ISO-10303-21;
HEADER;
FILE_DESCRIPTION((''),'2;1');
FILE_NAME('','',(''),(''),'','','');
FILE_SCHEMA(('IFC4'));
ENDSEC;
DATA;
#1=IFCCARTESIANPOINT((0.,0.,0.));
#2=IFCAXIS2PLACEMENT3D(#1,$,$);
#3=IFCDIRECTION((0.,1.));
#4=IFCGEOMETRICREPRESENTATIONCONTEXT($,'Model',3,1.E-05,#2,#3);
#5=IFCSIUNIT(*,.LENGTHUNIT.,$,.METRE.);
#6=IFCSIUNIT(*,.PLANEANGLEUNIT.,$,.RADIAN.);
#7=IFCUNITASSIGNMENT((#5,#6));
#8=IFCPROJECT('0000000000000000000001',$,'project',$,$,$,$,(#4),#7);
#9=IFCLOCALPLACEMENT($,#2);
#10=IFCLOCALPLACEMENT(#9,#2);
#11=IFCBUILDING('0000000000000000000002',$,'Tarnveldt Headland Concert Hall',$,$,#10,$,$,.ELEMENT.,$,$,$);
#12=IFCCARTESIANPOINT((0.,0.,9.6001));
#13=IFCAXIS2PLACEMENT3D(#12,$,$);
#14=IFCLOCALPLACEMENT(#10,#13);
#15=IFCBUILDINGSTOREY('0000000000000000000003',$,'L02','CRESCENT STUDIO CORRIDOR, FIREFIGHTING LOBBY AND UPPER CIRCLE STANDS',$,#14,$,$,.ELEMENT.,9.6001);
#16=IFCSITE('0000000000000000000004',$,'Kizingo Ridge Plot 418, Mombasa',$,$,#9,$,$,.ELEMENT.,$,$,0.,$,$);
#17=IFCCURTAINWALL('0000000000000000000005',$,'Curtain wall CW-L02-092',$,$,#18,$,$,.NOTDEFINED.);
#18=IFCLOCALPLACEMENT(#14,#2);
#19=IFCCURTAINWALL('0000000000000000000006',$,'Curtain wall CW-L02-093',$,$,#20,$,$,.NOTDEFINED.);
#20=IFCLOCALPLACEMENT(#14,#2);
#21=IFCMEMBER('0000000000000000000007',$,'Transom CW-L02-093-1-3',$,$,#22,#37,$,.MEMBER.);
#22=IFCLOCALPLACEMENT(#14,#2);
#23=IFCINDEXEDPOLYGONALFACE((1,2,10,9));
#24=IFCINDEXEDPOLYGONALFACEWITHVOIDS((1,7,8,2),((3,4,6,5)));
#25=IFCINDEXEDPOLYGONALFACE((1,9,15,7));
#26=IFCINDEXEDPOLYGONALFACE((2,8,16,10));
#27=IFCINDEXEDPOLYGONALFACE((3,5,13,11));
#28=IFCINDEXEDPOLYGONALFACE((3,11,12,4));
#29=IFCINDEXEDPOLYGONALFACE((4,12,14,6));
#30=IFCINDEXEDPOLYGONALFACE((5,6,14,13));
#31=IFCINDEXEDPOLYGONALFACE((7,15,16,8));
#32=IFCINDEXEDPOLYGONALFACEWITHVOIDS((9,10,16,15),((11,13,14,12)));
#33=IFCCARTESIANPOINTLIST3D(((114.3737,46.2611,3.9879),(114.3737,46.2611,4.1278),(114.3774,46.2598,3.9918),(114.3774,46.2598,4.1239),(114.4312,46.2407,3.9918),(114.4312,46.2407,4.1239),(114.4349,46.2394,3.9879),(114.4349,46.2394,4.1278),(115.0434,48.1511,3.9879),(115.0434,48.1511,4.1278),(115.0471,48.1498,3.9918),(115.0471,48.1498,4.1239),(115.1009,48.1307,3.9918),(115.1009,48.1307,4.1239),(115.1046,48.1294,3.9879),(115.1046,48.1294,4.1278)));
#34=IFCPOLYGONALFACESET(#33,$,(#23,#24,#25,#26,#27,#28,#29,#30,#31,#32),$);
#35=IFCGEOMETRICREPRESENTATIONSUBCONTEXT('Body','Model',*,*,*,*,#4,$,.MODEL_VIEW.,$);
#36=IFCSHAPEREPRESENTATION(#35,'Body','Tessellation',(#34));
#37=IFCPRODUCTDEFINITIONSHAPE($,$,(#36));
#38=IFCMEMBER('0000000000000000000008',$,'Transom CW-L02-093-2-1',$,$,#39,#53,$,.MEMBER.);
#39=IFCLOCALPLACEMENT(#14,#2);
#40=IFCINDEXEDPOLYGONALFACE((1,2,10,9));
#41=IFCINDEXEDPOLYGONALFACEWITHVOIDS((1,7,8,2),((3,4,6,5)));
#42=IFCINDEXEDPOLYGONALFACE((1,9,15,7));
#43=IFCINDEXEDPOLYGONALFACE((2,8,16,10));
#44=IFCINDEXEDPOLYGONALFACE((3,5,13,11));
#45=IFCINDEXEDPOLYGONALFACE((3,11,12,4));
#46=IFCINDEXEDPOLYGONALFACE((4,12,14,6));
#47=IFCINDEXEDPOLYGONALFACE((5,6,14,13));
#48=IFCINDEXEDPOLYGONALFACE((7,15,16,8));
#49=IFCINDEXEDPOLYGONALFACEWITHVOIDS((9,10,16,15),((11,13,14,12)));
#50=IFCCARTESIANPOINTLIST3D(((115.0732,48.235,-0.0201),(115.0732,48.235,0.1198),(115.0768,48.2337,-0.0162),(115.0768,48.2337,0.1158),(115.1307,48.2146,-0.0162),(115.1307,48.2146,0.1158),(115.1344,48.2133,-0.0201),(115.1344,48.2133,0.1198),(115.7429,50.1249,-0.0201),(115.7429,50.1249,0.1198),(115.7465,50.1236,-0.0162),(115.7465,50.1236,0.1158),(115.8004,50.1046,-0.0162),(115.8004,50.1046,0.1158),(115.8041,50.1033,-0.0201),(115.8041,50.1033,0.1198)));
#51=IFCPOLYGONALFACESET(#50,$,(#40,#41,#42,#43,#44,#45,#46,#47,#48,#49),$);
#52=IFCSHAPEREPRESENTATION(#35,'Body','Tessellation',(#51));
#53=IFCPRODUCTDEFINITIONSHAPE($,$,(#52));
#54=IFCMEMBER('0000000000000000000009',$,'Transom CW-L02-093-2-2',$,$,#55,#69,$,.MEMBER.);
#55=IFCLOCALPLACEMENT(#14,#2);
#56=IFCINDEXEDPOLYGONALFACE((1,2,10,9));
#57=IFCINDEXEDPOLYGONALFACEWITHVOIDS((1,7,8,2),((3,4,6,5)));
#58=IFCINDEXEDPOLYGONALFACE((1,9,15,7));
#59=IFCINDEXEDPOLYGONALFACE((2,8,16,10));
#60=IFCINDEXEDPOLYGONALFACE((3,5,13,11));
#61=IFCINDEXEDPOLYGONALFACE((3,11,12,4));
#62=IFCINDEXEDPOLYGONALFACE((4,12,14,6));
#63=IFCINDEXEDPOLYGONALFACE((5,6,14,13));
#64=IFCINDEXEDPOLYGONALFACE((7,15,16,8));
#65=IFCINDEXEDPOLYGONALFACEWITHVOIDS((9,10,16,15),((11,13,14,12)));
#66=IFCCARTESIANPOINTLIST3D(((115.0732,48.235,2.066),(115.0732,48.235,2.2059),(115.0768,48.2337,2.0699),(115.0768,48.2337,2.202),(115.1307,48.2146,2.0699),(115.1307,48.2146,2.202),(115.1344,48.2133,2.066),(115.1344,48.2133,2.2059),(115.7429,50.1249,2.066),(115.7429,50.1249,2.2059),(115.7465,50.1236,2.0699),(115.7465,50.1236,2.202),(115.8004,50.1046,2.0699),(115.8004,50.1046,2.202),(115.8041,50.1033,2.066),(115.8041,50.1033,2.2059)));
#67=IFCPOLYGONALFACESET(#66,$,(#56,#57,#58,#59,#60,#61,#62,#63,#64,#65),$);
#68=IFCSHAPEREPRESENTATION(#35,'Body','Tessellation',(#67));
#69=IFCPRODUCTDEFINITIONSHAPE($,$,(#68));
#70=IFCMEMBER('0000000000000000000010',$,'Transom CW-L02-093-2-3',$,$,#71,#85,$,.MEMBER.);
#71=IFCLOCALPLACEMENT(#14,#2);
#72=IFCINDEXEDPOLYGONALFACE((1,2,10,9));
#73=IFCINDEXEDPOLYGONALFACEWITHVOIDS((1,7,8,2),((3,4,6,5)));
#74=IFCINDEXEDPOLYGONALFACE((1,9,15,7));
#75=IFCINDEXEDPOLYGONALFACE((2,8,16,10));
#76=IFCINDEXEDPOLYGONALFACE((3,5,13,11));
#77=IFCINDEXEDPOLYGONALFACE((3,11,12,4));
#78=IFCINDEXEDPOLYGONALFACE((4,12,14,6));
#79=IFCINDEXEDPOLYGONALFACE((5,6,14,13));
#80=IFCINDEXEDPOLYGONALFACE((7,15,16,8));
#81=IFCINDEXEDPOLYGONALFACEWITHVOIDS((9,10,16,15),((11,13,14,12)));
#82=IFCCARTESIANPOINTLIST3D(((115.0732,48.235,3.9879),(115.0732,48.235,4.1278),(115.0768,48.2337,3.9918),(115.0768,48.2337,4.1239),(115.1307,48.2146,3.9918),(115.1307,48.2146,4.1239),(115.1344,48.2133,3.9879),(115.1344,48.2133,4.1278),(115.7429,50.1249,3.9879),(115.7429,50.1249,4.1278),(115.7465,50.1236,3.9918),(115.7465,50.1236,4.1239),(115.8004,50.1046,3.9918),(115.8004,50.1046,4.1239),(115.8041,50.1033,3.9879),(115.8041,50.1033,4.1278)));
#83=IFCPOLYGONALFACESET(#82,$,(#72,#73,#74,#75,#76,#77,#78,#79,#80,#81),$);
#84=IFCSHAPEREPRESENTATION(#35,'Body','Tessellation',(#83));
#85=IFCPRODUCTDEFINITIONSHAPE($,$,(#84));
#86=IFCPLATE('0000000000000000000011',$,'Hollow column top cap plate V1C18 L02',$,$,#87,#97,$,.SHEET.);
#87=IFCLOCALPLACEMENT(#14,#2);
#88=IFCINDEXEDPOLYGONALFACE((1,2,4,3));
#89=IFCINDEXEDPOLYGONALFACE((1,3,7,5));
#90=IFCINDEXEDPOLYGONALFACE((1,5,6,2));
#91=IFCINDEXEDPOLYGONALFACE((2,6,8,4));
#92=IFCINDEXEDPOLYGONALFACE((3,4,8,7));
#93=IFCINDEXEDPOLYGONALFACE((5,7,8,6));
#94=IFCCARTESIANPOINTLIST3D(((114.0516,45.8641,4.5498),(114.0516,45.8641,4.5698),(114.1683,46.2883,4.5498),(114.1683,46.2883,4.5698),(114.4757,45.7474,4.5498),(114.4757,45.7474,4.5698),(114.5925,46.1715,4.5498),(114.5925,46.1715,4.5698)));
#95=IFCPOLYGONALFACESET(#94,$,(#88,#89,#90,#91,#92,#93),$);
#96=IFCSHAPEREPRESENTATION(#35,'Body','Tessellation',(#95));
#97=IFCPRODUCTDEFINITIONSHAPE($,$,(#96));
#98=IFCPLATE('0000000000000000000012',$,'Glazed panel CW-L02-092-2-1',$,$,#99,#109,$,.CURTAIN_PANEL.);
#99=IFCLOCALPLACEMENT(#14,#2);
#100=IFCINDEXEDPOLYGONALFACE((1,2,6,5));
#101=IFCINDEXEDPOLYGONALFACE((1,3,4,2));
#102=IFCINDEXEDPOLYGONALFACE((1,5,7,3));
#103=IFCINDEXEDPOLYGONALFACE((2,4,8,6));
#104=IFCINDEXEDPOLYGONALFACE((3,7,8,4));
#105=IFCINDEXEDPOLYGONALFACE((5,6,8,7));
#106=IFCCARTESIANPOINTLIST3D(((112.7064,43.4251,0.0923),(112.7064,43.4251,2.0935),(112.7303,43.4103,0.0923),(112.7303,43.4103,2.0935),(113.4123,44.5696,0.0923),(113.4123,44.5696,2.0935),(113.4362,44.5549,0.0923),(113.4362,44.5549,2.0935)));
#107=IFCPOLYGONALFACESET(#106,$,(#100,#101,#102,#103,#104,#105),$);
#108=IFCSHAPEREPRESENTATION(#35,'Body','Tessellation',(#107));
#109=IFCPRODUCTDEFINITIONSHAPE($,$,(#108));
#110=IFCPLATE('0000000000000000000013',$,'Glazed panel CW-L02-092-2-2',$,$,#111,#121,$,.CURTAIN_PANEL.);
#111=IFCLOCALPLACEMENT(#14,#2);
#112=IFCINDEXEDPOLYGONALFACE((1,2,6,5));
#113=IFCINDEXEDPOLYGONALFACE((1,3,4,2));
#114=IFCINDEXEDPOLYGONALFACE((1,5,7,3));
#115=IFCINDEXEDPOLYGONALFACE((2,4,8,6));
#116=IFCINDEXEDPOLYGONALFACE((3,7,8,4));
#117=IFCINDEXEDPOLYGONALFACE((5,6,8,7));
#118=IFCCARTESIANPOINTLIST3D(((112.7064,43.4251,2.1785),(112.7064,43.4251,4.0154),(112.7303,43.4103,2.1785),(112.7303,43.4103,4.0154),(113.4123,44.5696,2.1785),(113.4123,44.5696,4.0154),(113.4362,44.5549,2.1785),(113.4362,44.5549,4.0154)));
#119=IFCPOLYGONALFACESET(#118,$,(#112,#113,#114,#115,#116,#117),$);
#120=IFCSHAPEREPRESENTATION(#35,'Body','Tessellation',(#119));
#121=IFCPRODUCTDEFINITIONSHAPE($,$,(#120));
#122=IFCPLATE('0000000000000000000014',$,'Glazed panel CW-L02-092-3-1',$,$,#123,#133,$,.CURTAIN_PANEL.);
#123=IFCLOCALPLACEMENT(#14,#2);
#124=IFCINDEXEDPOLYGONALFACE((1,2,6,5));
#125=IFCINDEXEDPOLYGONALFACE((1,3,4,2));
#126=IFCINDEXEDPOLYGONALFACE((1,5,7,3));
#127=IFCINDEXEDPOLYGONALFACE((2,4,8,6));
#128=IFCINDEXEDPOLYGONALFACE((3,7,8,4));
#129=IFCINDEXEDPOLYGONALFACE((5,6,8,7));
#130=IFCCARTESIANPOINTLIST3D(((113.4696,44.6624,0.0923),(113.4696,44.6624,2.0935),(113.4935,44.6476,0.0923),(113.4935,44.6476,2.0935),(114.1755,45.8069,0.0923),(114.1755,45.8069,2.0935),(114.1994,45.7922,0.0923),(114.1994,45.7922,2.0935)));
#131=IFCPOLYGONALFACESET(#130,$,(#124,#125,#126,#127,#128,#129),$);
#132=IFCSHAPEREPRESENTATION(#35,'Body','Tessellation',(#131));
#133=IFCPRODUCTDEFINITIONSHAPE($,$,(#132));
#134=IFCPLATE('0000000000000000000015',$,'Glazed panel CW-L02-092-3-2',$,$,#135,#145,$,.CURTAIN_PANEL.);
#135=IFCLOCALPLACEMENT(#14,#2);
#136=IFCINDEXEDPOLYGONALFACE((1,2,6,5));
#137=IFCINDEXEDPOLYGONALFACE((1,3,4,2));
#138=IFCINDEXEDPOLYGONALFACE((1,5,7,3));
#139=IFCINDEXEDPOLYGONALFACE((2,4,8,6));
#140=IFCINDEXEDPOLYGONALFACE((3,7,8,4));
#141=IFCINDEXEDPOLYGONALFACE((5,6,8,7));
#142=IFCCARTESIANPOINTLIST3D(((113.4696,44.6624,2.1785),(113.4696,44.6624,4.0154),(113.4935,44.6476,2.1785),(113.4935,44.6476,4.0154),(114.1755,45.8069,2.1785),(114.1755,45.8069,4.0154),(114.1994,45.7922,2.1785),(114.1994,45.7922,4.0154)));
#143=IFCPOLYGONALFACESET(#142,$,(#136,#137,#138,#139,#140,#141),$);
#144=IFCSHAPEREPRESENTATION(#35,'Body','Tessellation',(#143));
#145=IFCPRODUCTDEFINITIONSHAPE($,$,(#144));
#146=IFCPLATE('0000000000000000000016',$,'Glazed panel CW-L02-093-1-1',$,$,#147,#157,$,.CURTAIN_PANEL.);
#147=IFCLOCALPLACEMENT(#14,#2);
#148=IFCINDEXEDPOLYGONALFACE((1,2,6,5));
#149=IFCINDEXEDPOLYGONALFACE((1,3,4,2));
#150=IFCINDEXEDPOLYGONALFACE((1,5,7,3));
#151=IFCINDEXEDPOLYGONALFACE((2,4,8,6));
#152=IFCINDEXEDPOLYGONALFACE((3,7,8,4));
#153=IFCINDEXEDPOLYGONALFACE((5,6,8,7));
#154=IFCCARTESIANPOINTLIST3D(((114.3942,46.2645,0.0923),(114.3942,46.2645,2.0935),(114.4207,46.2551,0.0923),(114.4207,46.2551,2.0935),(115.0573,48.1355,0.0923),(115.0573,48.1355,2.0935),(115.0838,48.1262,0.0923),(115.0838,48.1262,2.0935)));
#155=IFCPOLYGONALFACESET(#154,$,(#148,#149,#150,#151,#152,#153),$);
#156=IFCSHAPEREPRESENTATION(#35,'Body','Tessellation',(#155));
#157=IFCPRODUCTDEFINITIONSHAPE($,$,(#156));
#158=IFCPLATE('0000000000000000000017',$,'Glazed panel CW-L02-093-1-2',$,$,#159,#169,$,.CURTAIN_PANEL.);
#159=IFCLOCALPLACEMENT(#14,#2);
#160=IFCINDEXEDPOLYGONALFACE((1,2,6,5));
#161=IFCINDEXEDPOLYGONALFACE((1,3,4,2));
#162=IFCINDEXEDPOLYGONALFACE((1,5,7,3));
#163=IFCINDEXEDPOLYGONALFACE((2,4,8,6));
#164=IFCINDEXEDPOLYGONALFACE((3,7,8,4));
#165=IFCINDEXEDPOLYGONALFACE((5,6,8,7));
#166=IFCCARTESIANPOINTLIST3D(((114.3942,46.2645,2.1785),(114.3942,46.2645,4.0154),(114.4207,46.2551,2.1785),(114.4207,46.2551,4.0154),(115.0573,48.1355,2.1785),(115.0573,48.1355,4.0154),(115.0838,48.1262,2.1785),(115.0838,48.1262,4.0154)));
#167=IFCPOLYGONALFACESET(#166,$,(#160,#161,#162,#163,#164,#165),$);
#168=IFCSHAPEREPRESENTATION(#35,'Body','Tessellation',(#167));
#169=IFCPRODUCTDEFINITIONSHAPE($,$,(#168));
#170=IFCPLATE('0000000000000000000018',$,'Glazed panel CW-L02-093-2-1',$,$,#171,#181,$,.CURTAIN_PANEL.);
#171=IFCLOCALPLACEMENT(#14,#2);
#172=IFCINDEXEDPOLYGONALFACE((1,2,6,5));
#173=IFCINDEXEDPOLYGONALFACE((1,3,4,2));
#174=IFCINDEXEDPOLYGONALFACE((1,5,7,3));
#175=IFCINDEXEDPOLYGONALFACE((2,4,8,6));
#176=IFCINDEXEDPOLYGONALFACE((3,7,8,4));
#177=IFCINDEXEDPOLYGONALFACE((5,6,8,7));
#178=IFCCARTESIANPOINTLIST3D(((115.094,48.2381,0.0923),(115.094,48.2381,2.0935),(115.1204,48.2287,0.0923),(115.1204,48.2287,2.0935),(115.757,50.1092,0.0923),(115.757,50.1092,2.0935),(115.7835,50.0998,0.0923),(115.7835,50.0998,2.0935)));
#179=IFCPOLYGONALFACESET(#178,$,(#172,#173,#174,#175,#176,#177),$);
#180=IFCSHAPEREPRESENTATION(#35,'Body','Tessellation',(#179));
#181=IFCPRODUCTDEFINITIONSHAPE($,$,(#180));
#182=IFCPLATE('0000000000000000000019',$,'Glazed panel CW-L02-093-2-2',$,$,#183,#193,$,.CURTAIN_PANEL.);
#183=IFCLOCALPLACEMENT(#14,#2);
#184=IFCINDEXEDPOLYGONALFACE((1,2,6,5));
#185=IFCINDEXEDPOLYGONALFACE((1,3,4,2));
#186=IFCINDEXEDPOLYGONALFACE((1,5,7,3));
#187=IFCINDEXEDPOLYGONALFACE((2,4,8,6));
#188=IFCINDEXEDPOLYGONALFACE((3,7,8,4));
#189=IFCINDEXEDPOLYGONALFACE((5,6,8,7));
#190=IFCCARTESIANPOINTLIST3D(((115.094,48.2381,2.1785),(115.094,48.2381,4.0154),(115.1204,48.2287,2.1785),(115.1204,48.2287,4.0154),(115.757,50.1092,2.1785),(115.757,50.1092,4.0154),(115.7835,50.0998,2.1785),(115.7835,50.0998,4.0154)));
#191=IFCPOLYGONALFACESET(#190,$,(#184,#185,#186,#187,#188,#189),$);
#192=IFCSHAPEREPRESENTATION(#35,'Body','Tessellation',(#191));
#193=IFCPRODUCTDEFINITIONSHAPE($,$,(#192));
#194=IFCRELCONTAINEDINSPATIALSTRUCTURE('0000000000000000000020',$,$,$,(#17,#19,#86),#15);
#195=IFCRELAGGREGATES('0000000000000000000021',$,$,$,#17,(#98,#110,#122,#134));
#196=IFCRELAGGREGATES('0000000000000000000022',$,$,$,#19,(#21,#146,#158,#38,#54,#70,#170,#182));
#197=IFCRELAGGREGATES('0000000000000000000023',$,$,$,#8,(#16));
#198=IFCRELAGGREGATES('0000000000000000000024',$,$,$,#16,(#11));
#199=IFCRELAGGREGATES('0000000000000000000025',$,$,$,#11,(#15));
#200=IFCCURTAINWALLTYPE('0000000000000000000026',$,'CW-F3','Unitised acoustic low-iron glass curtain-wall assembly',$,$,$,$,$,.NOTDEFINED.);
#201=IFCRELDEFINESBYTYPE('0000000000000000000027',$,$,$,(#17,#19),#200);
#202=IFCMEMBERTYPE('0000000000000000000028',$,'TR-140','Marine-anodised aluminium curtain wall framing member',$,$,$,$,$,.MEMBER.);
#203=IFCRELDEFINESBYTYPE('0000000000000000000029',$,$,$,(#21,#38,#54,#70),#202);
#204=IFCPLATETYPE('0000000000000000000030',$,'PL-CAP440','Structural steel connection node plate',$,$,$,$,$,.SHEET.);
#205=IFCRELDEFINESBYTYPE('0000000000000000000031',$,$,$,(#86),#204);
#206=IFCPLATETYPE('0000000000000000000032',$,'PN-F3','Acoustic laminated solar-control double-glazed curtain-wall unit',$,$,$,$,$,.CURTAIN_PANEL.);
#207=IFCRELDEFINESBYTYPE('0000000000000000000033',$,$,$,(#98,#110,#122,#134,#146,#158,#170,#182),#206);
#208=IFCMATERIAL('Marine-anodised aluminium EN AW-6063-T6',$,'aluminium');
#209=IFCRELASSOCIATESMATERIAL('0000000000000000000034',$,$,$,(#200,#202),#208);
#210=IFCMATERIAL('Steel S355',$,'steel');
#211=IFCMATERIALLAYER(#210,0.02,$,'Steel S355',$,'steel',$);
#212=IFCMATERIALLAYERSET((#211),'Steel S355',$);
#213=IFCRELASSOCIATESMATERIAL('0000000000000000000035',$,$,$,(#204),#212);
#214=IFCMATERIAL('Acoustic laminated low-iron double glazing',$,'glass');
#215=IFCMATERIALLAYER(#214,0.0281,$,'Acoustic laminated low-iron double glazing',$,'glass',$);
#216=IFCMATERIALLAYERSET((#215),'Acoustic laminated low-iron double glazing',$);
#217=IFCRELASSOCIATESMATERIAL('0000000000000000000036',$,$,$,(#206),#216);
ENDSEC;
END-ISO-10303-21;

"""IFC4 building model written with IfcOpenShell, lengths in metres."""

from ifc_helpers import new_model, si_unit, direction, frame, origin, origin_2d, place, context, subcontext, project, spatial, rectangle, hollow_rectangle, extrude, material, layer, layer_set, material_profile, profile_set, type_object, element, aggregate, save


model = new_model("IFC4")

# Units and contexts
model_context = context("Model", 3, precision=1e-05, world=origin(), true_north=direction((0.0, 1.0)))
body_context = subcontext(model_context, "Body", "Model", "MODEL_VIEW")
ifc_project = project(units=[si_unit("LENGTHUNIT", "METRE"), si_unit("PLANEANGLEUNIT", "RADIAN")], contexts=[model_context])

# Site, building, storey
site_placement = place(None, origin())
site = spatial("IfcSite", under=ifc_project, at=site_placement, Name="Kizingo Ridge Plot 418, Mombasa", CompositionType="ELEMENT", RefElevation=0.0)
building_placement = place(site_placement, origin())
building = spatial("IfcBuilding", under=site, at=building_placement, Name="Tarnveldt Headland Concert Hall", CompositionType="ELEMENT")
storey_placement = place(building_placement, frame((0.0, 0.0, 9.6001)))
storey = spatial("IfcBuildingStorey", under=building, at=storey_placement, Name="L02", Description="CRESCENT STUDIO CORRIDOR, FIREFIGHTING LOBBY AND UPPER CIRCLE STANDS", CompositionType="ELEMENT", Elevation=9.6001)

# Shared definitions
ifc_material_1 = material(Name="Steel S355", Category="steel")

# Curtain walls
ifc_material_2 = material(Name="Marine-anodised aluminium EN AW-6063-T6", Category="aluminium")
curtain_wall_type = type_object("IfcCurtainWallType", Name="CW-F3", Description="Unitised acoustic low-iron glass curtain-wall assembly", PredefinedType="NOTDEFINED", material=ifc_material_2)
curtain_wall_1_placement = place(storey_placement, origin())
curtain_wall_1 = element("IfcCurtainWall", 1, at=curtain_wall_1_placement, inside=storey, type_object=curtain_wall_type, Name="Curtain wall CW-L02-092", PredefinedType="NOTDEFINED")
curtain_wall_2_placement = place(storey_placement, origin())
curtain_wall_2 = element("IfcCurtainWall", 2, at=curtain_wall_2_placement, inside=storey, type_object=curtain_wall_type, Name="Curtain wall CW-L02-093", PredefinedType="NOTDEFINED")

# Members
ifc_material_profile_1 = material_profile(ifc_material_2, hollow_rectangle(XDim=0.0649, YDim=0.1399, WallThickness=0.0039, at=origin_2d()), Name="ALU TRANSOM 65x140x4", Category="aluminium")
ifc_profile_set_1 = profile_set([ifc_material_profile_1], Name="Marine-anodised aluminium EN AW-6063-T6")
member_type_1 = type_object("IfcMemberType", Name="TR-140", Description="Marine-anodised aluminium curtain wall framing member", PredefinedType="MEMBER", material=ifc_profile_set_1)
member_1_placement = place(storey_placement, frame((114.4043, 46.2502, 4.0579), z_axis=(0.333998, 0.942574, 0.0), x_axis=(-0.942574, 0.333998, 0.0)))
member_1 = element("IfcMember", 3, at=member_1_placement, type_object=member_type_1, Name="Transom CW-L02-093-1-3", PredefinedType="MEMBER", context=body_context, shape_type="SweptSolid", body=[
    extrude(hollow_rectangle(XDim=0.0649, YDim=0.1399, WallThickness=0.0039, at=origin_2d()), origin(), (0.0, 0.0, 1.0), 2.0051),
])
member_2_placement = place(storey_placement, frame((115.1038, 48.2241, 0.0498), z_axis=(0.333998, 0.942574, 0.0), x_axis=(-0.942574, 0.333998, 0.0)))
member_2 = element("IfcMember", 4, at=member_2_placement, type_object=member_type_1, Name="Transom CW-L02-093-2-1", PredefinedType="MEMBER", context=body_context, shape_type="SweptSolid", body=[
    extrude(hollow_rectangle(XDim=0.0649, YDim=0.1399, WallThickness=0.0039, at=origin_2d()), origin(), (0.0, 0.0, 1.0), 2.0051),
])
member_3_placement = place(storey_placement, frame((115.1038, 48.2241, 2.136), z_axis=(0.333998, 0.942574, 0.0), x_axis=(-0.942574, 0.333998, 0.0)))
member_3 = element("IfcMember", 5, at=member_3_placement, type_object=member_type_1, Name="Transom CW-L02-093-2-2", PredefinedType="MEMBER", context=body_context, shape_type="SweptSolid", body=[
    extrude(hollow_rectangle(XDim=0.0649, YDim=0.1399, WallThickness=0.0039, at=origin_2d()), origin(), (0.0, 0.0, 1.0), 2.0051),
])
member_4_placement = place(storey_placement, frame((115.1038, 48.2241, 4.0579), z_axis=(0.333998, 0.942574, 0.0), x_axis=(-0.942574, 0.333998, 0.0)))
member_4 = element("IfcMember", 6, at=member_4_placement, type_object=member_type_1, Name="Transom CW-L02-093-2-3", PredefinedType="MEMBER", context=body_context, shape_type="SweptSolid", body=[
    extrude(hollow_rectangle(XDim=0.0649, YDim=0.1399, WallThickness=0.0039, at=origin_2d()), origin(), (0.0, 0.0, 1.0), 2.0051),
])

# Plates
ifc_layer_1 = layer(ifc_material_1, 0.02, Name="Steel S355", Category="steel")
ifc_layer_set_1 = layer_set([ifc_layer_1], Name="Steel S355")
plate_type_1 = type_object("IfcPlateType", Name="PL-CAP440", Description="Structural steel connection node plate", PredefinedType="SHEET", material=ifc_layer_set_1)
plate_1_placement = place(storey_placement, frame((114.322, 46.0178, 4.5498), z_axis=(0.0, 0.0, 1.0), x_axis=(0.964142, -0.265388, 0.0)))
element("IfcPlate", 7, at=plate_1_placement, inside=storey, type_object=plate_type_1, Name="Hollow column top cap plate V1C18 L02", PredefinedType="SHEET", context=body_context, shape_type="SweptSolid", body=[
    extrude(rectangle(XDim=0.4399, YDim=0.4399, at=origin_2d()), origin(), (0.0, 0.0, 1.0), 0.02),
])
ifc_material_3 = material(Name="Acoustic laminated low-iron double glazing", Category="glass")
ifc_layer_2 = layer(ifc_material_3, 0.0281, Name="Acoustic laminated low-iron double glazing", Category="glass")
ifc_layer_set_2 = layer_set([ifc_layer_2], Name="Acoustic laminated low-iron double glazing")
plate_type_2 = type_object("IfcPlateType", Name="PN-F3", Description="Acoustic laminated solar-control double-glazed curtain-wall unit", PredefinedType="CURTAIN_PANEL", material=ifc_layer_set_2)
plate_2_placement = place(storey_placement, frame((113.0713, 43.99, 0.0923), z_axis=(0.0, 0.0, 1.0), x_axis=(0.524922, 0.85115, 0.0)))
plate_2 = element("IfcPlate", 8, at=plate_2_placement, type_object=plate_type_2, Name="Glazed panel CW-L02-092-2-1", PredefinedType="CURTAIN_PANEL", context=body_context, shape_type="SweptSolid", body=[
    extrude(rectangle(XDim=1.3447, YDim=0.0281, at=origin_2d()), origin(), (0.0, 0.0, 1.0), 2.0012),
])
plate_3_placement = place(storey_placement, frame((113.0713, 43.99, 2.1785), z_axis=(0.0, 0.0, 1.0), x_axis=(0.524922, 0.85115, 0.0)))
plate_3 = element("IfcPlate", 9, at=plate_3_placement, type_object=plate_type_2, Name="Glazed panel CW-L02-092-2-2", PredefinedType="CURTAIN_PANEL", context=body_context, shape_type="SweptSolid", body=[
    extrude(rectangle(XDim=1.3447, YDim=0.0281, at=origin_2d()), origin(), (0.0, 0.0, 1.0), 1.8369),
])
plate_4_placement = place(storey_placement, frame((113.8345, 45.2273, 0.0923), z_axis=(0.0, 0.0, 1.0), x_axis=(0.524922, 0.85115, 0.0)))
plate_4 = element("IfcPlate", 10, at=plate_4_placement, type_object=plate_type_2, Name="Glazed panel CW-L02-092-3-1", PredefinedType="CURTAIN_PANEL", context=body_context, shape_type="SweptSolid", body=[
    extrude(rectangle(XDim=1.3447, YDim=0.0281, at=origin_2d()), origin(), (0.0, 0.0, 1.0), 2.0012),
])
plate_5_placement = place(storey_placement, frame((113.8345, 45.2273, 2.1785), z_axis=(0.0, 0.0, 1.0), x_axis=(0.524922, 0.85115, 0.0)))
plate_5 = element("IfcPlate", 11, at=plate_5_placement, type_object=plate_type_2, Name="Glazed panel CW-L02-092-3-2", PredefinedType="CURTAIN_PANEL", context=body_context, shape_type="SweptSolid", body=[
    extrude(rectangle(XDim=1.3447, YDim=0.0281, at=origin_2d()), origin(), (0.0, 0.0, 1.0), 1.8369),
])
aggregate(curtain_wall_1, [plate_2, plate_3, plate_4, plate_5])
plate_6_placement = place(storey_placement, frame((114.739, 47.1953, 0.0923), z_axis=(0.0, 0.0, 1.0), x_axis=(0.334021, 0.942566, 0.0)))
plate_6 = element("IfcPlate", 12, at=plate_6_placement, type_object=plate_type_2, Name="Glazed panel CW-L02-093-1-1", PredefinedType="CURTAIN_PANEL", context=body_context, shape_type="SweptSolid", body=[
    extrude(rectangle(XDim=1.9851, YDim=0.0281, at=origin_2d()), origin(), (0.0, 0.0, 1.0), 2.0012),
])
plate_7_placement = place(storey_placement, frame((114.739, 47.1953, 2.1785), z_axis=(0.0, 0.0, 1.0), x_axis=(0.334021, 0.942566, 0.0)))
plate_7 = element("IfcPlate", 13, at=plate_7_placement, type_object=plate_type_2, Name="Glazed panel CW-L02-093-1-2", PredefinedType="CURTAIN_PANEL", context=body_context, shape_type="SweptSolid", body=[
    extrude(rectangle(XDim=1.9851, YDim=0.0281, at=origin_2d()), origin(), (0.0, 0.0, 1.0), 1.8369),
])
plate_8_placement = place(storey_placement, frame((115.4387, 49.1689, 0.0923), z_axis=(0.0, 0.0, 1.0), x_axis=(0.334021, 0.942566, 0.0)))
plate_8 = element("IfcPlate", 14, at=plate_8_placement, type_object=plate_type_2, Name="Glazed panel CW-L02-093-2-1", PredefinedType="CURTAIN_PANEL", context=body_context, shape_type="SweptSolid", body=[
    extrude(rectangle(XDim=1.9851, YDim=0.0281, at=origin_2d()), origin(), (0.0, 0.0, 1.0), 2.0012),
])
plate_9_placement = place(storey_placement, frame((115.4387, 49.1689, 2.1785), z_axis=(0.0, 0.0, 1.0), x_axis=(0.334021, 0.942566, 0.0)))
plate_9 = element("IfcPlate", 15, at=plate_9_placement, type_object=plate_type_2, Name="Glazed panel CW-L02-093-2-2", PredefinedType="CURTAIN_PANEL", context=body_context, shape_type="SweptSolid", body=[
    extrude(rectangle(XDim=1.9851, YDim=0.0281, at=origin_2d()), origin(), (0.0, 0.0, 1.0), 1.8369),
])
aggregate(curtain_wall_2, [member_1, plate_6, plate_7, member_2, member_3, member_4, plate_8, plate_9])

save(model, "model.ifc")
